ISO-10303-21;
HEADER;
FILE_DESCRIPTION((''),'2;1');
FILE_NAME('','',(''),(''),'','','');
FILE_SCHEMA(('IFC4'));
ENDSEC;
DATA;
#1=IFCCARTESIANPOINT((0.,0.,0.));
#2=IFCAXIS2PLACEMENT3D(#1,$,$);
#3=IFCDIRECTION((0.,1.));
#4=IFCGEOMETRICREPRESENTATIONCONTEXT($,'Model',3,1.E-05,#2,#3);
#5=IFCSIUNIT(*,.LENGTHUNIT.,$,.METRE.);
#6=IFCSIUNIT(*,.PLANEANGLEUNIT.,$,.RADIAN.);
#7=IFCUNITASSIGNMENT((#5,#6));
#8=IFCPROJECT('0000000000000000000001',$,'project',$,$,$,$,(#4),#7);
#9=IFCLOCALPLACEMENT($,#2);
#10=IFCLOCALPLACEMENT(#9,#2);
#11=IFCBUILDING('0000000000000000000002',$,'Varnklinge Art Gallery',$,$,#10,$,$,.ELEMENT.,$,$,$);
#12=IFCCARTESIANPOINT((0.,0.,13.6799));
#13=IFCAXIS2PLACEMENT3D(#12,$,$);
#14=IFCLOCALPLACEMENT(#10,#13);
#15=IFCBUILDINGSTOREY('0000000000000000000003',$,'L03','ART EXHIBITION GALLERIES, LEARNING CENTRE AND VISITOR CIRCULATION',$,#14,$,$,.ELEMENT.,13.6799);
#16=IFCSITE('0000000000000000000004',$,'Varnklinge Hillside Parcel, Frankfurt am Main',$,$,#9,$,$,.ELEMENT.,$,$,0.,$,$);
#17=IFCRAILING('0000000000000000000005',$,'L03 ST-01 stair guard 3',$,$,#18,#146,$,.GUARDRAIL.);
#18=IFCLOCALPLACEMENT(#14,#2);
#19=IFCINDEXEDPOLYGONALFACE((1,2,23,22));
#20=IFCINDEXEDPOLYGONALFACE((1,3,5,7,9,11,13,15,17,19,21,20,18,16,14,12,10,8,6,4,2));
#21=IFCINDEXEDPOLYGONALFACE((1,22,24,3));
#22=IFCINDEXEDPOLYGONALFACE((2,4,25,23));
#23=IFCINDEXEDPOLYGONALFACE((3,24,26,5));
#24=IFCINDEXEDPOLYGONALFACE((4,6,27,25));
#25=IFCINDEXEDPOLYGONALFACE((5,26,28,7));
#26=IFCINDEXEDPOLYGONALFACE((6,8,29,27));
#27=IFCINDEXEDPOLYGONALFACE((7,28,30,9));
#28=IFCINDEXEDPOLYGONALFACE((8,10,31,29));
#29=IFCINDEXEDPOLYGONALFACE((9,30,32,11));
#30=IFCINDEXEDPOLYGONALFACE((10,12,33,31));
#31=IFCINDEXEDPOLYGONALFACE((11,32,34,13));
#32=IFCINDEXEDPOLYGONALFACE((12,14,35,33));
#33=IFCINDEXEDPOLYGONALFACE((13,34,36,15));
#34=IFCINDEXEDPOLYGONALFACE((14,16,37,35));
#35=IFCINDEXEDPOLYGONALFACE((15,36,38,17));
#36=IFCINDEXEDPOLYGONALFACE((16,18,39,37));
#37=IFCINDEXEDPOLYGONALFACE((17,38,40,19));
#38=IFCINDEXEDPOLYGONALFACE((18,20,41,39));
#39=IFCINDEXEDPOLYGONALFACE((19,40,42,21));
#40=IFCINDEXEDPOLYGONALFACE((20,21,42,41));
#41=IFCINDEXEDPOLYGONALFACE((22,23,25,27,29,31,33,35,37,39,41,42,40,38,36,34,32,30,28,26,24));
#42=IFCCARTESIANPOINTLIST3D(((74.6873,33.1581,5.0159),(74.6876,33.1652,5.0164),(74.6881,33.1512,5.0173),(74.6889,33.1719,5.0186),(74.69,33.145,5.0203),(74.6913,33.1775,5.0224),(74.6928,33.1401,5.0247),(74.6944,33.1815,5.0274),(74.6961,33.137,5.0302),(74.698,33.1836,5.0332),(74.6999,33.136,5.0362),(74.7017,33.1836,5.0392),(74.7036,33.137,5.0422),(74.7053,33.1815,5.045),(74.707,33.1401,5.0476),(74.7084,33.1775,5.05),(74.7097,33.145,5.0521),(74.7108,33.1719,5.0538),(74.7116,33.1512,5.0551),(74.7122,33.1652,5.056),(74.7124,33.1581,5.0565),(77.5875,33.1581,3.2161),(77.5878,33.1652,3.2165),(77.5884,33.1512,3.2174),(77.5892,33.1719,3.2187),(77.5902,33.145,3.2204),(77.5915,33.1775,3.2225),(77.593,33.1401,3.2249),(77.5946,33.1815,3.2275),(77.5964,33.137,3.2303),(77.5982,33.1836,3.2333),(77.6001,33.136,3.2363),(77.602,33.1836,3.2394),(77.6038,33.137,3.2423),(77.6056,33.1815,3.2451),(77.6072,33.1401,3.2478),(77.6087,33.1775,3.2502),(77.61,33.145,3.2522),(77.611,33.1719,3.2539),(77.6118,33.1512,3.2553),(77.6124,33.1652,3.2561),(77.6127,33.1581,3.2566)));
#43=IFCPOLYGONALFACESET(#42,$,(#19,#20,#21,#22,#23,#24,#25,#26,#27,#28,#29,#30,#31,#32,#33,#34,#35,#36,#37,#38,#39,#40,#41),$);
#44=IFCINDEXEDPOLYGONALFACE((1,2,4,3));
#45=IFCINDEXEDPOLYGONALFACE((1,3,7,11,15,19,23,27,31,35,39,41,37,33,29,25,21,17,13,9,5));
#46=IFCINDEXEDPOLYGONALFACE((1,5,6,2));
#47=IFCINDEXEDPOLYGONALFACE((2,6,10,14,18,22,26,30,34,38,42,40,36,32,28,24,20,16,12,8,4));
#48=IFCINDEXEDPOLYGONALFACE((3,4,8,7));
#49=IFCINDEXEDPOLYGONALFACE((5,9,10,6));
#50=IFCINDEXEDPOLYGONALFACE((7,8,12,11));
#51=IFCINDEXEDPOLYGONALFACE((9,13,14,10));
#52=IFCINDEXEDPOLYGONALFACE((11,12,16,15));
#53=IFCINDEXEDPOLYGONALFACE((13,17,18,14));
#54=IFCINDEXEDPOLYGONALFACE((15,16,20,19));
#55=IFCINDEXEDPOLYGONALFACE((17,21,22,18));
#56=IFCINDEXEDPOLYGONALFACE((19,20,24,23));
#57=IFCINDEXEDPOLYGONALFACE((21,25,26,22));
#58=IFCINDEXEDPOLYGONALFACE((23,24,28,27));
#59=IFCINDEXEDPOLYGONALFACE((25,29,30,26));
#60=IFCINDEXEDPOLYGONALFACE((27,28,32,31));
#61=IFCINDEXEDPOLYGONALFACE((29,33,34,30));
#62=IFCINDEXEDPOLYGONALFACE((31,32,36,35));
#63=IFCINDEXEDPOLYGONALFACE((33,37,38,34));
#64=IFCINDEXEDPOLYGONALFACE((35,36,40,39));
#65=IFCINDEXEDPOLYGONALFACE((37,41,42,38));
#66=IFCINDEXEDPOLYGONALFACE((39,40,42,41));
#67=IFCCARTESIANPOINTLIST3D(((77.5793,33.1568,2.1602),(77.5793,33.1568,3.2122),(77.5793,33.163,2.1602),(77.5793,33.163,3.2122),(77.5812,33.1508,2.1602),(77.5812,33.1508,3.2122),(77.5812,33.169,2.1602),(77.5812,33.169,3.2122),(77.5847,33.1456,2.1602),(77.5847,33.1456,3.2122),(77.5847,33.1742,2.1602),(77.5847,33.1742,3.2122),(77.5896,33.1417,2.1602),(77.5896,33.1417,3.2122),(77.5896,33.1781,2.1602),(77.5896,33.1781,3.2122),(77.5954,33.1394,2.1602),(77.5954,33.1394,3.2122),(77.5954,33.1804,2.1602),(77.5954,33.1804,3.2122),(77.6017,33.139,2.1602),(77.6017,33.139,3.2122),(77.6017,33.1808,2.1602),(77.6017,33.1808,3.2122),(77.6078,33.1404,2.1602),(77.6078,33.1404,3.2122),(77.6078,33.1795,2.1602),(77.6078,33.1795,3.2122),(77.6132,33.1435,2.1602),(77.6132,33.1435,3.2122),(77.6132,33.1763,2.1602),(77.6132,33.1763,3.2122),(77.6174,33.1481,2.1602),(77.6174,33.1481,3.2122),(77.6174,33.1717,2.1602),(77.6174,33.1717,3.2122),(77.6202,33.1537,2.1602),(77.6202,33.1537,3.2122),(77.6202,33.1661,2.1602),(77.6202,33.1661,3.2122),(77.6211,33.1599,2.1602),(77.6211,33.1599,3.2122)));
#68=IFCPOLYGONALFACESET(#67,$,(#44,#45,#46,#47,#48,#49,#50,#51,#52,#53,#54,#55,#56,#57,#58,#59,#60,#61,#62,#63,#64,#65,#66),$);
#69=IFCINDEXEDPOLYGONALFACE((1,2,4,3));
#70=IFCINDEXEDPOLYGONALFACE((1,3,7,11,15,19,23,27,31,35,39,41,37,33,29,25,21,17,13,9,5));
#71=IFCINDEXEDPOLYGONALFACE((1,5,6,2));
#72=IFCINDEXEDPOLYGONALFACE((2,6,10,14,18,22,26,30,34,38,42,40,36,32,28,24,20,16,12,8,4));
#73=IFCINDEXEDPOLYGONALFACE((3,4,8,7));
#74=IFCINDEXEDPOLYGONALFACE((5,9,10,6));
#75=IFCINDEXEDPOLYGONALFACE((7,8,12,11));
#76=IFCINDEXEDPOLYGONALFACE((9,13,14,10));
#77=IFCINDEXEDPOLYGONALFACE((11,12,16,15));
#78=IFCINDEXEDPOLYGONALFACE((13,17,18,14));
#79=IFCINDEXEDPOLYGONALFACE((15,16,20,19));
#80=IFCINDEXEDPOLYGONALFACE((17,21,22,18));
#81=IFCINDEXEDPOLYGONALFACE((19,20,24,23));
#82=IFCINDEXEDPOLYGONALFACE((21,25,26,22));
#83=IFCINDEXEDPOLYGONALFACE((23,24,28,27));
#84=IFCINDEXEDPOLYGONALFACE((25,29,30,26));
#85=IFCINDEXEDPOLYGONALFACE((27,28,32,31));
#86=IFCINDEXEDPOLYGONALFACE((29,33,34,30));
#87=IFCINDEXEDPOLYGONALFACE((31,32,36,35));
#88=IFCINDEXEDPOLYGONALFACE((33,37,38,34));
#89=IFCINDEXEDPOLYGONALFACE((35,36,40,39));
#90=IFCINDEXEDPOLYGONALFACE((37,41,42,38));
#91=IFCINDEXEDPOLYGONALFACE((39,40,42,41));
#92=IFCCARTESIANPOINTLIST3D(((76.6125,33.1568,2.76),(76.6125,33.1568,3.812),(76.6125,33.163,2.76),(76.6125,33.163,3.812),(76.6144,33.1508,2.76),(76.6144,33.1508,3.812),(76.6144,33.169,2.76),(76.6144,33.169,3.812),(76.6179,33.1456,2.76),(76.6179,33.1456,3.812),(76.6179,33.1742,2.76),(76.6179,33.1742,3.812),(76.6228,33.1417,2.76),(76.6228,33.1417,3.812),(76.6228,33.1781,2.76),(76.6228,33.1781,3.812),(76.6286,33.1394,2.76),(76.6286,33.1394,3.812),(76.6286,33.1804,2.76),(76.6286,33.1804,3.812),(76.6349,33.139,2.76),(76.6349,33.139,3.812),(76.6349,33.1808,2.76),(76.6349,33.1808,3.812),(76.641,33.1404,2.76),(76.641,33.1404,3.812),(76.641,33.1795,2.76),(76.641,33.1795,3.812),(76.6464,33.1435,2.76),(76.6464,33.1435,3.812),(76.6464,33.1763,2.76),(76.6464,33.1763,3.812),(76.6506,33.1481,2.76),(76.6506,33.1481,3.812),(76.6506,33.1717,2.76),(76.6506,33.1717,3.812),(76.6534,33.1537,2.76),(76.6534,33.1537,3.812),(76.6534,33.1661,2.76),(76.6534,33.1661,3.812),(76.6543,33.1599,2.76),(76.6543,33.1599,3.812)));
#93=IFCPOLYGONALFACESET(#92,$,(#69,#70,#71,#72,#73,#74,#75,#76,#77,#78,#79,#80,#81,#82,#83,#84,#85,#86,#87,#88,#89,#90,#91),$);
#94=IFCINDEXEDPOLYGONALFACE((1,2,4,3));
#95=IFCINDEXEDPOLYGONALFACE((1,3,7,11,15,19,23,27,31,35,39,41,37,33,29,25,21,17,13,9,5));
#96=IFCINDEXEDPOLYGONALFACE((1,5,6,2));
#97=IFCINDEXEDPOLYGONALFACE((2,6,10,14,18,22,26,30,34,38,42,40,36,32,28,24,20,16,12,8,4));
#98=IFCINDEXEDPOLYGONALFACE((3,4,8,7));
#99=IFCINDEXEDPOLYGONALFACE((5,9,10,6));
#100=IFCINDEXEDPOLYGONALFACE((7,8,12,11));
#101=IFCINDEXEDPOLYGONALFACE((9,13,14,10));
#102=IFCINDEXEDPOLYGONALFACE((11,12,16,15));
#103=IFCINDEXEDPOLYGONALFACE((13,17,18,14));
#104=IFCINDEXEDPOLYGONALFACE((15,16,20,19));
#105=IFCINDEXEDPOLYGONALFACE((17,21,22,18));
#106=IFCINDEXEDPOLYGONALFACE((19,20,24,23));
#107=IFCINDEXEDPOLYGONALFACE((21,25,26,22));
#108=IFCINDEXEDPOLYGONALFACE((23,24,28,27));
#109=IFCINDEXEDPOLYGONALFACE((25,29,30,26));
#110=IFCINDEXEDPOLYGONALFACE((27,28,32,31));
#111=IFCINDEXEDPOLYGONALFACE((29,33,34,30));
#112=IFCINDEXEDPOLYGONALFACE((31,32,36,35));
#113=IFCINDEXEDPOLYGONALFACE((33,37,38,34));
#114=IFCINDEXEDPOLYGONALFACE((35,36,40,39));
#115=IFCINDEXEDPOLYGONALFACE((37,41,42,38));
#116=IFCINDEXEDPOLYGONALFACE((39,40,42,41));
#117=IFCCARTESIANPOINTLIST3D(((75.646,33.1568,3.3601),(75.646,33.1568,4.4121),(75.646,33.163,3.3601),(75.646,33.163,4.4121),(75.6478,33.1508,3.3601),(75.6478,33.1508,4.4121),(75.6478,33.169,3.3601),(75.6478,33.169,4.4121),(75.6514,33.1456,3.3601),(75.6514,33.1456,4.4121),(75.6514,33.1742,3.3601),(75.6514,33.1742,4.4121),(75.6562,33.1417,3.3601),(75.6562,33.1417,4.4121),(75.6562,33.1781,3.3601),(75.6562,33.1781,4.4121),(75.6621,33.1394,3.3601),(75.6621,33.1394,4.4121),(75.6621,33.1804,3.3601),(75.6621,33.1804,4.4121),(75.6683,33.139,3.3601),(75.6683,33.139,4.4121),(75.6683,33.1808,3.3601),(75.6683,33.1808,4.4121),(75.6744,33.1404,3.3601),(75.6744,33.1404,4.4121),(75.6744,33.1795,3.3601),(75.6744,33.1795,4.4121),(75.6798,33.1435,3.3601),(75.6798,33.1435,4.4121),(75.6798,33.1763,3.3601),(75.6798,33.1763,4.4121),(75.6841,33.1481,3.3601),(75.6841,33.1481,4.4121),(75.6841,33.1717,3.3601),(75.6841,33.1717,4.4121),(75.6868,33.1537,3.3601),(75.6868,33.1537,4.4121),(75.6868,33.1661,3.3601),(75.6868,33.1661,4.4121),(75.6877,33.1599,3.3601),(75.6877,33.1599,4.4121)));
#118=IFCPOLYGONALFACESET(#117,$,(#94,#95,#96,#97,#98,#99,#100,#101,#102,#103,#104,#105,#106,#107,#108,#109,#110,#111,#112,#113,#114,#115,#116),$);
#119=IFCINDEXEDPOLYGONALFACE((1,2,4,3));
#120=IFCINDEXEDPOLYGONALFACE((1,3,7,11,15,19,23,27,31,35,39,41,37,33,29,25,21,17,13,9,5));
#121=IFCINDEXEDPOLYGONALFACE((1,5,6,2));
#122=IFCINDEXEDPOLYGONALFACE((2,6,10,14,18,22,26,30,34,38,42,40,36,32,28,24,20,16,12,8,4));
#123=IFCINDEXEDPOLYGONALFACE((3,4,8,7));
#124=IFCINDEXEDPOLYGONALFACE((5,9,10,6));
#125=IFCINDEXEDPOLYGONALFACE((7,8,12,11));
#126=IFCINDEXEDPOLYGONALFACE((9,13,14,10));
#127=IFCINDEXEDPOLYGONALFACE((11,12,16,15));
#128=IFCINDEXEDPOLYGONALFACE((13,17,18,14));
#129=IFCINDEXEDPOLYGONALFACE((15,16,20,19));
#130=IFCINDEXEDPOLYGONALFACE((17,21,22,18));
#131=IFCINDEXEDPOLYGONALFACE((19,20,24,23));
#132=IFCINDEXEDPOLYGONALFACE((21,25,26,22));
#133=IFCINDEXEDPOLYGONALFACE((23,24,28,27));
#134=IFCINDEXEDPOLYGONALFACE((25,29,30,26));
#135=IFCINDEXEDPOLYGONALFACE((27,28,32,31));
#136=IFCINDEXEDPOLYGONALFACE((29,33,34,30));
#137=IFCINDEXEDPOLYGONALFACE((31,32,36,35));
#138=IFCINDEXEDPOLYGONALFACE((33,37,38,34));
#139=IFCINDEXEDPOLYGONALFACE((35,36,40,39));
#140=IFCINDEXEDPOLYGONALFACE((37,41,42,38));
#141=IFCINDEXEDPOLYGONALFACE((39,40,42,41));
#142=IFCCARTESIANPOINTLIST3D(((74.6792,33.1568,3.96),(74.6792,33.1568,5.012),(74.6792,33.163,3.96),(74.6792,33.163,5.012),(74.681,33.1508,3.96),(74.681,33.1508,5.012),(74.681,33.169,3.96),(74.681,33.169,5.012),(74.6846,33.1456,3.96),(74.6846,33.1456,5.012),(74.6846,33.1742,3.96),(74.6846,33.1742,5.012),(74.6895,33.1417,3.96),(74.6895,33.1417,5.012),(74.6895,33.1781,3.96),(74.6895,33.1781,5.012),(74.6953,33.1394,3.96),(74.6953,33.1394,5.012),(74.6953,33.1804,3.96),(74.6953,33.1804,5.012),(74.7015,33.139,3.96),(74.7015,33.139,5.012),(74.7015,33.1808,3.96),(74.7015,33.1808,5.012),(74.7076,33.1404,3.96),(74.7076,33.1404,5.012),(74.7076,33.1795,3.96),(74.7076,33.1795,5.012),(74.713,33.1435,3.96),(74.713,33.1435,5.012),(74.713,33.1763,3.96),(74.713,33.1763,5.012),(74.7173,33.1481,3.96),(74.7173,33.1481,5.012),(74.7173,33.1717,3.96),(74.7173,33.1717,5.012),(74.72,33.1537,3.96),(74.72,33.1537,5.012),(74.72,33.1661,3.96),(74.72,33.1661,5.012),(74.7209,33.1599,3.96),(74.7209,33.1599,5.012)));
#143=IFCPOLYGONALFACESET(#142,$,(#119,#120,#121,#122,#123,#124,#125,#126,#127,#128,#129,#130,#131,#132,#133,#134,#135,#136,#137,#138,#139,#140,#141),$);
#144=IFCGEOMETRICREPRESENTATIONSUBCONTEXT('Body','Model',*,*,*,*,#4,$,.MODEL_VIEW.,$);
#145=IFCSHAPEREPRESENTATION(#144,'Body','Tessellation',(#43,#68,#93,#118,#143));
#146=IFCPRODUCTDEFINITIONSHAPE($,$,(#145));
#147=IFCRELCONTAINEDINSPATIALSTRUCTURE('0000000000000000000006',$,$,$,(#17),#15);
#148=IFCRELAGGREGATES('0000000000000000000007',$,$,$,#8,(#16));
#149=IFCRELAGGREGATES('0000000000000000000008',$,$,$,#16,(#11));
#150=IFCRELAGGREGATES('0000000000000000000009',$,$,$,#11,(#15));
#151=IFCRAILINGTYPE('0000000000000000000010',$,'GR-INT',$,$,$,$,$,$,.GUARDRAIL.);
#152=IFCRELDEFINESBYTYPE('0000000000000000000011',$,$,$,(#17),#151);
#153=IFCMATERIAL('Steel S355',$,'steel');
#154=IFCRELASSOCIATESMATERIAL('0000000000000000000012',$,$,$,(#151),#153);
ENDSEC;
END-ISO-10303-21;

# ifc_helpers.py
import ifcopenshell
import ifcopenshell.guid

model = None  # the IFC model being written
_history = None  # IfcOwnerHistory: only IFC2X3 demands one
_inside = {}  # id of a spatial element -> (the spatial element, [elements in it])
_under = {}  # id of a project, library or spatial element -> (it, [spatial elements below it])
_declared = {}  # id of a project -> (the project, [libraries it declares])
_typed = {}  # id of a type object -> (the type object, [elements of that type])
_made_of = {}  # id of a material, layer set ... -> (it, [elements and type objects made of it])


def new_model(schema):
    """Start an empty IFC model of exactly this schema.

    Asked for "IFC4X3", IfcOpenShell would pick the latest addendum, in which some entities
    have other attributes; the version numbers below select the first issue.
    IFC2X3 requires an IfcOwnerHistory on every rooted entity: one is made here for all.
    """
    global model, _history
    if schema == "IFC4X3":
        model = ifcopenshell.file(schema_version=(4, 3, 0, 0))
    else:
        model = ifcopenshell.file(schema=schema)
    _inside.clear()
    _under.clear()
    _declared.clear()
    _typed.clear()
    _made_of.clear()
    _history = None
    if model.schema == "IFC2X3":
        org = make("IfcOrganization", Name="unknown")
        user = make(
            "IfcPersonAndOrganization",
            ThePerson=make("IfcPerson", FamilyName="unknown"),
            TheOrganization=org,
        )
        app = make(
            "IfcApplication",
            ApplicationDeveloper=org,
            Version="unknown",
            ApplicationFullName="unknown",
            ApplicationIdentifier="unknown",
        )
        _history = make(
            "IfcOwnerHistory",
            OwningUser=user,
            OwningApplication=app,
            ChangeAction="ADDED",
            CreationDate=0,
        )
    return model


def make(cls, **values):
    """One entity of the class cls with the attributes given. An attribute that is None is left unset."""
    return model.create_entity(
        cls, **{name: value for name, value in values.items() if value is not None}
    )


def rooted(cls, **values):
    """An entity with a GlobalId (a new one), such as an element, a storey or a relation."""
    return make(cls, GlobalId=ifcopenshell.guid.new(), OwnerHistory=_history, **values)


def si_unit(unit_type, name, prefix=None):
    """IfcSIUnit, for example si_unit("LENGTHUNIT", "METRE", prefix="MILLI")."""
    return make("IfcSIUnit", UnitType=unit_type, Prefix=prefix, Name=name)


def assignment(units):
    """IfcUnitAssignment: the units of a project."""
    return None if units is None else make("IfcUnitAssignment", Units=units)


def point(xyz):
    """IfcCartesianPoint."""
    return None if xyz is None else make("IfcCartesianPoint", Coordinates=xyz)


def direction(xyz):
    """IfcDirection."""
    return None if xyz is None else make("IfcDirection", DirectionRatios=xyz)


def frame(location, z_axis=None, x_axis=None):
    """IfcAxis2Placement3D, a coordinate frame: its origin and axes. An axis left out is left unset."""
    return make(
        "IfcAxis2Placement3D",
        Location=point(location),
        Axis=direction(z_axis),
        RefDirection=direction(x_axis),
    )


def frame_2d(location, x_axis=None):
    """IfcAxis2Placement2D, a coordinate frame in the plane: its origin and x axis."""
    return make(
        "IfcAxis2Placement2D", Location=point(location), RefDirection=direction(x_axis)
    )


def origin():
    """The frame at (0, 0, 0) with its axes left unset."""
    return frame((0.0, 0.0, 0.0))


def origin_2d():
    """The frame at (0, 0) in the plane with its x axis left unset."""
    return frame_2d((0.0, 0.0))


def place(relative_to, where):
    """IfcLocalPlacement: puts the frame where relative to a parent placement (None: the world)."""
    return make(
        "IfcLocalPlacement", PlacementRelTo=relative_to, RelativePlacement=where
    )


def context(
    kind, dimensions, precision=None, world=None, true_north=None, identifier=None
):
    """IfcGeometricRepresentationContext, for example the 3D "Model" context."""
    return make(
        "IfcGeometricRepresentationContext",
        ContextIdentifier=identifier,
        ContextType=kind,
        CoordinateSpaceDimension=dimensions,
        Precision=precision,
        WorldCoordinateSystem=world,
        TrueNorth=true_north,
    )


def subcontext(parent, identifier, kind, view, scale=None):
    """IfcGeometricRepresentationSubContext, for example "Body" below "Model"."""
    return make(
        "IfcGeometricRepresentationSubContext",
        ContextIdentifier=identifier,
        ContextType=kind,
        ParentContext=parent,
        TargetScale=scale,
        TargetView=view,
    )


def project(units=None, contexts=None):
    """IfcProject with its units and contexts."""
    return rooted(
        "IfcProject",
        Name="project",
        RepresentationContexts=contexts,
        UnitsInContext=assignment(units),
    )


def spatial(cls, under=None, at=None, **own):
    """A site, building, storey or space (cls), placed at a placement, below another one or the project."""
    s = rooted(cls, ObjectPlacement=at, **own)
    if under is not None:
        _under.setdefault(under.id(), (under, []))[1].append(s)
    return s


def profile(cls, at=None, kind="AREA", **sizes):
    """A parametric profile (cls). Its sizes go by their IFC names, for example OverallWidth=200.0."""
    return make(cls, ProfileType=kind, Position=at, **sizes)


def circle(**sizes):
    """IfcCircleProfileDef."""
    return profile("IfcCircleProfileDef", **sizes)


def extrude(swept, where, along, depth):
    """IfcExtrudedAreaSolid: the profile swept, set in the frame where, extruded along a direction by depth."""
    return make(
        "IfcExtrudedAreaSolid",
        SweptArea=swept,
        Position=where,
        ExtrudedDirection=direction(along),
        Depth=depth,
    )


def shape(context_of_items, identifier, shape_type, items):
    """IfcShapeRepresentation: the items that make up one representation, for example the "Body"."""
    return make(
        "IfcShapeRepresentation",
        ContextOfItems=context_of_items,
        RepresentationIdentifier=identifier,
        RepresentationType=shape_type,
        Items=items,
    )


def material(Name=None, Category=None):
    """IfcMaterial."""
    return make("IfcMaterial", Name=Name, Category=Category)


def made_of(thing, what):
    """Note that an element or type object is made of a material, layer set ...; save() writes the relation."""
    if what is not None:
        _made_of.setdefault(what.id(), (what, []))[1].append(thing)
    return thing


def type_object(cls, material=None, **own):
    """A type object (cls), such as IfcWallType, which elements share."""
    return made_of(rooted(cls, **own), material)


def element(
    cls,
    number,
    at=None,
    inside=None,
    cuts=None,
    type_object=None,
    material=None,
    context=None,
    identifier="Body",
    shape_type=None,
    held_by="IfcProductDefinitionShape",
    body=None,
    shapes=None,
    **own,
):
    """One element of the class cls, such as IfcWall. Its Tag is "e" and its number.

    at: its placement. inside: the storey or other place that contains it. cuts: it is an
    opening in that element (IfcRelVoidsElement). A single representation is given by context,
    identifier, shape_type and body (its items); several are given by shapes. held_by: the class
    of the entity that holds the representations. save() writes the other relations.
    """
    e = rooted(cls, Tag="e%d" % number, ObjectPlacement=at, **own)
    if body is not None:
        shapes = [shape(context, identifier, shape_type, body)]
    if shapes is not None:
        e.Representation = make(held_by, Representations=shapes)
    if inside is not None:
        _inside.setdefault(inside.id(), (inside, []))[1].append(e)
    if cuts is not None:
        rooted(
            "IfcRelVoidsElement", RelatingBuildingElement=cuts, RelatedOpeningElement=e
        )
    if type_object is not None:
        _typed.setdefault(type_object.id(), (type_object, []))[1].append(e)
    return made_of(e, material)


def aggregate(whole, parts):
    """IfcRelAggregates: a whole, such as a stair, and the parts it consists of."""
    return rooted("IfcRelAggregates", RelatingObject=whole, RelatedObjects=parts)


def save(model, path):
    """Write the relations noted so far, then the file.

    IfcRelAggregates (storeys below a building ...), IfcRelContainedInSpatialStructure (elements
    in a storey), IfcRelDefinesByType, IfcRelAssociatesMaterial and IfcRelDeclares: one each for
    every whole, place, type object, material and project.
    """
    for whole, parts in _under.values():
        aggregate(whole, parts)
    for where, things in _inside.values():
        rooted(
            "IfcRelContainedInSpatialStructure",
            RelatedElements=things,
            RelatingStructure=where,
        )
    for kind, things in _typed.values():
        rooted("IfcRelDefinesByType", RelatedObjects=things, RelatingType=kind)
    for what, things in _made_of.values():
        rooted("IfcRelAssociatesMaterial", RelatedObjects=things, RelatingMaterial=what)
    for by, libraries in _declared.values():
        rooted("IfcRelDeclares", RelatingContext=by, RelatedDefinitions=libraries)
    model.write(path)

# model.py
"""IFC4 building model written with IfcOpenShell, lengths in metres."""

from ifc_helpers import new_model, si_unit, direction, frame, origin, origin_2d, place, context, subcontext, project, spatial, circle, extrude, material, type_object, element, save


model = new_model("IFC4")

# Units and contexts
model_context = context("Model", 3, precision=1e-05, world=origin(), true_north=direction((0.0, 1.0)))
body_context = subcontext(model_context, "Body", "Model", "MODEL_VIEW")
ifc_project = project(units=[si_unit("LENGTHUNIT", "METRE"), si_unit("PLANEANGLEUNIT", "RADIAN")], contexts=[model_context])

# Site, building, storey
site_placement = place(None, origin())
site = spatial("IfcSite", under=ifc_project, at=site_placement, Name="Varnklinge Hillside Parcel, Frankfurt am Main", CompositionType="ELEMENT", RefElevation=0.0)
building_placement = place(site_placement, origin())
building = spatial("IfcBuilding", under=site, at=building_placement, Name="Varnklinge Art Gallery", CompositionType="ELEMENT")
storey_placement = place(building_placement, frame((0.0, 0.0, 13.6799)))
storey = spatial("IfcBuildingStorey", under=building, at=storey_placement, Name="L03", Description="ART EXHIBITION GALLERIES, LEARNING CENTRE AND VISITOR CIRCULATION", CompositionType="ELEMENT", Elevation=13.6799)

# Railing
ifc_material_1 = material(Name="Steel S355", Category="steel")
railing_type_1 = type_object("IfcRailingType", Name="GR-INT", PredefinedType="GUARDRAIL", material=ifc_material_1)
railing_1_placement = place(storey_placement, frame((77.6001, 33.1599, 2.1602)))
element("IfcRailing", 1, at=railing_1_placement, inside=storey, type_object=railing_type_1, Name="L03 ST-01 stair guard 3", PredefinedType="GUARDRAIL", context=body_context, shape_type="SweptSolid", body=[
    extrude(circle(Radius=0.0239, at=origin_2d()), frame((0.0, 0.0, 1.0762), z_axis=(-0.849678, 0.0, 0.527302), x_axis=(0.0, -1.0, 0.0)), (0.0, 0.0, 1.0), 3.4133),
    extrude(circle(Radius=0.021, at=origin_2d()), origin(), (0.0, 0.0, 1.0), 1.052),
    extrude(circle(Radius=0.021, at=origin_2d()), frame((-0.9668, 0.0, 0.5999)), (0.0, 0.0, 1.0), 1.052),
    extrude(circle(Radius=0.021, at=origin_2d()), frame((-1.9333, 0.0, 1.2)), (0.0, 0.0, 1.0), 1.052),
    extrude(circle(Radius=0.021, at=origin_2d()), frame((-2.9001, 0.0, 1.7998)), (0.0, 0.0, 1.0), 1.052),
])

save(model, "model.ifc")
